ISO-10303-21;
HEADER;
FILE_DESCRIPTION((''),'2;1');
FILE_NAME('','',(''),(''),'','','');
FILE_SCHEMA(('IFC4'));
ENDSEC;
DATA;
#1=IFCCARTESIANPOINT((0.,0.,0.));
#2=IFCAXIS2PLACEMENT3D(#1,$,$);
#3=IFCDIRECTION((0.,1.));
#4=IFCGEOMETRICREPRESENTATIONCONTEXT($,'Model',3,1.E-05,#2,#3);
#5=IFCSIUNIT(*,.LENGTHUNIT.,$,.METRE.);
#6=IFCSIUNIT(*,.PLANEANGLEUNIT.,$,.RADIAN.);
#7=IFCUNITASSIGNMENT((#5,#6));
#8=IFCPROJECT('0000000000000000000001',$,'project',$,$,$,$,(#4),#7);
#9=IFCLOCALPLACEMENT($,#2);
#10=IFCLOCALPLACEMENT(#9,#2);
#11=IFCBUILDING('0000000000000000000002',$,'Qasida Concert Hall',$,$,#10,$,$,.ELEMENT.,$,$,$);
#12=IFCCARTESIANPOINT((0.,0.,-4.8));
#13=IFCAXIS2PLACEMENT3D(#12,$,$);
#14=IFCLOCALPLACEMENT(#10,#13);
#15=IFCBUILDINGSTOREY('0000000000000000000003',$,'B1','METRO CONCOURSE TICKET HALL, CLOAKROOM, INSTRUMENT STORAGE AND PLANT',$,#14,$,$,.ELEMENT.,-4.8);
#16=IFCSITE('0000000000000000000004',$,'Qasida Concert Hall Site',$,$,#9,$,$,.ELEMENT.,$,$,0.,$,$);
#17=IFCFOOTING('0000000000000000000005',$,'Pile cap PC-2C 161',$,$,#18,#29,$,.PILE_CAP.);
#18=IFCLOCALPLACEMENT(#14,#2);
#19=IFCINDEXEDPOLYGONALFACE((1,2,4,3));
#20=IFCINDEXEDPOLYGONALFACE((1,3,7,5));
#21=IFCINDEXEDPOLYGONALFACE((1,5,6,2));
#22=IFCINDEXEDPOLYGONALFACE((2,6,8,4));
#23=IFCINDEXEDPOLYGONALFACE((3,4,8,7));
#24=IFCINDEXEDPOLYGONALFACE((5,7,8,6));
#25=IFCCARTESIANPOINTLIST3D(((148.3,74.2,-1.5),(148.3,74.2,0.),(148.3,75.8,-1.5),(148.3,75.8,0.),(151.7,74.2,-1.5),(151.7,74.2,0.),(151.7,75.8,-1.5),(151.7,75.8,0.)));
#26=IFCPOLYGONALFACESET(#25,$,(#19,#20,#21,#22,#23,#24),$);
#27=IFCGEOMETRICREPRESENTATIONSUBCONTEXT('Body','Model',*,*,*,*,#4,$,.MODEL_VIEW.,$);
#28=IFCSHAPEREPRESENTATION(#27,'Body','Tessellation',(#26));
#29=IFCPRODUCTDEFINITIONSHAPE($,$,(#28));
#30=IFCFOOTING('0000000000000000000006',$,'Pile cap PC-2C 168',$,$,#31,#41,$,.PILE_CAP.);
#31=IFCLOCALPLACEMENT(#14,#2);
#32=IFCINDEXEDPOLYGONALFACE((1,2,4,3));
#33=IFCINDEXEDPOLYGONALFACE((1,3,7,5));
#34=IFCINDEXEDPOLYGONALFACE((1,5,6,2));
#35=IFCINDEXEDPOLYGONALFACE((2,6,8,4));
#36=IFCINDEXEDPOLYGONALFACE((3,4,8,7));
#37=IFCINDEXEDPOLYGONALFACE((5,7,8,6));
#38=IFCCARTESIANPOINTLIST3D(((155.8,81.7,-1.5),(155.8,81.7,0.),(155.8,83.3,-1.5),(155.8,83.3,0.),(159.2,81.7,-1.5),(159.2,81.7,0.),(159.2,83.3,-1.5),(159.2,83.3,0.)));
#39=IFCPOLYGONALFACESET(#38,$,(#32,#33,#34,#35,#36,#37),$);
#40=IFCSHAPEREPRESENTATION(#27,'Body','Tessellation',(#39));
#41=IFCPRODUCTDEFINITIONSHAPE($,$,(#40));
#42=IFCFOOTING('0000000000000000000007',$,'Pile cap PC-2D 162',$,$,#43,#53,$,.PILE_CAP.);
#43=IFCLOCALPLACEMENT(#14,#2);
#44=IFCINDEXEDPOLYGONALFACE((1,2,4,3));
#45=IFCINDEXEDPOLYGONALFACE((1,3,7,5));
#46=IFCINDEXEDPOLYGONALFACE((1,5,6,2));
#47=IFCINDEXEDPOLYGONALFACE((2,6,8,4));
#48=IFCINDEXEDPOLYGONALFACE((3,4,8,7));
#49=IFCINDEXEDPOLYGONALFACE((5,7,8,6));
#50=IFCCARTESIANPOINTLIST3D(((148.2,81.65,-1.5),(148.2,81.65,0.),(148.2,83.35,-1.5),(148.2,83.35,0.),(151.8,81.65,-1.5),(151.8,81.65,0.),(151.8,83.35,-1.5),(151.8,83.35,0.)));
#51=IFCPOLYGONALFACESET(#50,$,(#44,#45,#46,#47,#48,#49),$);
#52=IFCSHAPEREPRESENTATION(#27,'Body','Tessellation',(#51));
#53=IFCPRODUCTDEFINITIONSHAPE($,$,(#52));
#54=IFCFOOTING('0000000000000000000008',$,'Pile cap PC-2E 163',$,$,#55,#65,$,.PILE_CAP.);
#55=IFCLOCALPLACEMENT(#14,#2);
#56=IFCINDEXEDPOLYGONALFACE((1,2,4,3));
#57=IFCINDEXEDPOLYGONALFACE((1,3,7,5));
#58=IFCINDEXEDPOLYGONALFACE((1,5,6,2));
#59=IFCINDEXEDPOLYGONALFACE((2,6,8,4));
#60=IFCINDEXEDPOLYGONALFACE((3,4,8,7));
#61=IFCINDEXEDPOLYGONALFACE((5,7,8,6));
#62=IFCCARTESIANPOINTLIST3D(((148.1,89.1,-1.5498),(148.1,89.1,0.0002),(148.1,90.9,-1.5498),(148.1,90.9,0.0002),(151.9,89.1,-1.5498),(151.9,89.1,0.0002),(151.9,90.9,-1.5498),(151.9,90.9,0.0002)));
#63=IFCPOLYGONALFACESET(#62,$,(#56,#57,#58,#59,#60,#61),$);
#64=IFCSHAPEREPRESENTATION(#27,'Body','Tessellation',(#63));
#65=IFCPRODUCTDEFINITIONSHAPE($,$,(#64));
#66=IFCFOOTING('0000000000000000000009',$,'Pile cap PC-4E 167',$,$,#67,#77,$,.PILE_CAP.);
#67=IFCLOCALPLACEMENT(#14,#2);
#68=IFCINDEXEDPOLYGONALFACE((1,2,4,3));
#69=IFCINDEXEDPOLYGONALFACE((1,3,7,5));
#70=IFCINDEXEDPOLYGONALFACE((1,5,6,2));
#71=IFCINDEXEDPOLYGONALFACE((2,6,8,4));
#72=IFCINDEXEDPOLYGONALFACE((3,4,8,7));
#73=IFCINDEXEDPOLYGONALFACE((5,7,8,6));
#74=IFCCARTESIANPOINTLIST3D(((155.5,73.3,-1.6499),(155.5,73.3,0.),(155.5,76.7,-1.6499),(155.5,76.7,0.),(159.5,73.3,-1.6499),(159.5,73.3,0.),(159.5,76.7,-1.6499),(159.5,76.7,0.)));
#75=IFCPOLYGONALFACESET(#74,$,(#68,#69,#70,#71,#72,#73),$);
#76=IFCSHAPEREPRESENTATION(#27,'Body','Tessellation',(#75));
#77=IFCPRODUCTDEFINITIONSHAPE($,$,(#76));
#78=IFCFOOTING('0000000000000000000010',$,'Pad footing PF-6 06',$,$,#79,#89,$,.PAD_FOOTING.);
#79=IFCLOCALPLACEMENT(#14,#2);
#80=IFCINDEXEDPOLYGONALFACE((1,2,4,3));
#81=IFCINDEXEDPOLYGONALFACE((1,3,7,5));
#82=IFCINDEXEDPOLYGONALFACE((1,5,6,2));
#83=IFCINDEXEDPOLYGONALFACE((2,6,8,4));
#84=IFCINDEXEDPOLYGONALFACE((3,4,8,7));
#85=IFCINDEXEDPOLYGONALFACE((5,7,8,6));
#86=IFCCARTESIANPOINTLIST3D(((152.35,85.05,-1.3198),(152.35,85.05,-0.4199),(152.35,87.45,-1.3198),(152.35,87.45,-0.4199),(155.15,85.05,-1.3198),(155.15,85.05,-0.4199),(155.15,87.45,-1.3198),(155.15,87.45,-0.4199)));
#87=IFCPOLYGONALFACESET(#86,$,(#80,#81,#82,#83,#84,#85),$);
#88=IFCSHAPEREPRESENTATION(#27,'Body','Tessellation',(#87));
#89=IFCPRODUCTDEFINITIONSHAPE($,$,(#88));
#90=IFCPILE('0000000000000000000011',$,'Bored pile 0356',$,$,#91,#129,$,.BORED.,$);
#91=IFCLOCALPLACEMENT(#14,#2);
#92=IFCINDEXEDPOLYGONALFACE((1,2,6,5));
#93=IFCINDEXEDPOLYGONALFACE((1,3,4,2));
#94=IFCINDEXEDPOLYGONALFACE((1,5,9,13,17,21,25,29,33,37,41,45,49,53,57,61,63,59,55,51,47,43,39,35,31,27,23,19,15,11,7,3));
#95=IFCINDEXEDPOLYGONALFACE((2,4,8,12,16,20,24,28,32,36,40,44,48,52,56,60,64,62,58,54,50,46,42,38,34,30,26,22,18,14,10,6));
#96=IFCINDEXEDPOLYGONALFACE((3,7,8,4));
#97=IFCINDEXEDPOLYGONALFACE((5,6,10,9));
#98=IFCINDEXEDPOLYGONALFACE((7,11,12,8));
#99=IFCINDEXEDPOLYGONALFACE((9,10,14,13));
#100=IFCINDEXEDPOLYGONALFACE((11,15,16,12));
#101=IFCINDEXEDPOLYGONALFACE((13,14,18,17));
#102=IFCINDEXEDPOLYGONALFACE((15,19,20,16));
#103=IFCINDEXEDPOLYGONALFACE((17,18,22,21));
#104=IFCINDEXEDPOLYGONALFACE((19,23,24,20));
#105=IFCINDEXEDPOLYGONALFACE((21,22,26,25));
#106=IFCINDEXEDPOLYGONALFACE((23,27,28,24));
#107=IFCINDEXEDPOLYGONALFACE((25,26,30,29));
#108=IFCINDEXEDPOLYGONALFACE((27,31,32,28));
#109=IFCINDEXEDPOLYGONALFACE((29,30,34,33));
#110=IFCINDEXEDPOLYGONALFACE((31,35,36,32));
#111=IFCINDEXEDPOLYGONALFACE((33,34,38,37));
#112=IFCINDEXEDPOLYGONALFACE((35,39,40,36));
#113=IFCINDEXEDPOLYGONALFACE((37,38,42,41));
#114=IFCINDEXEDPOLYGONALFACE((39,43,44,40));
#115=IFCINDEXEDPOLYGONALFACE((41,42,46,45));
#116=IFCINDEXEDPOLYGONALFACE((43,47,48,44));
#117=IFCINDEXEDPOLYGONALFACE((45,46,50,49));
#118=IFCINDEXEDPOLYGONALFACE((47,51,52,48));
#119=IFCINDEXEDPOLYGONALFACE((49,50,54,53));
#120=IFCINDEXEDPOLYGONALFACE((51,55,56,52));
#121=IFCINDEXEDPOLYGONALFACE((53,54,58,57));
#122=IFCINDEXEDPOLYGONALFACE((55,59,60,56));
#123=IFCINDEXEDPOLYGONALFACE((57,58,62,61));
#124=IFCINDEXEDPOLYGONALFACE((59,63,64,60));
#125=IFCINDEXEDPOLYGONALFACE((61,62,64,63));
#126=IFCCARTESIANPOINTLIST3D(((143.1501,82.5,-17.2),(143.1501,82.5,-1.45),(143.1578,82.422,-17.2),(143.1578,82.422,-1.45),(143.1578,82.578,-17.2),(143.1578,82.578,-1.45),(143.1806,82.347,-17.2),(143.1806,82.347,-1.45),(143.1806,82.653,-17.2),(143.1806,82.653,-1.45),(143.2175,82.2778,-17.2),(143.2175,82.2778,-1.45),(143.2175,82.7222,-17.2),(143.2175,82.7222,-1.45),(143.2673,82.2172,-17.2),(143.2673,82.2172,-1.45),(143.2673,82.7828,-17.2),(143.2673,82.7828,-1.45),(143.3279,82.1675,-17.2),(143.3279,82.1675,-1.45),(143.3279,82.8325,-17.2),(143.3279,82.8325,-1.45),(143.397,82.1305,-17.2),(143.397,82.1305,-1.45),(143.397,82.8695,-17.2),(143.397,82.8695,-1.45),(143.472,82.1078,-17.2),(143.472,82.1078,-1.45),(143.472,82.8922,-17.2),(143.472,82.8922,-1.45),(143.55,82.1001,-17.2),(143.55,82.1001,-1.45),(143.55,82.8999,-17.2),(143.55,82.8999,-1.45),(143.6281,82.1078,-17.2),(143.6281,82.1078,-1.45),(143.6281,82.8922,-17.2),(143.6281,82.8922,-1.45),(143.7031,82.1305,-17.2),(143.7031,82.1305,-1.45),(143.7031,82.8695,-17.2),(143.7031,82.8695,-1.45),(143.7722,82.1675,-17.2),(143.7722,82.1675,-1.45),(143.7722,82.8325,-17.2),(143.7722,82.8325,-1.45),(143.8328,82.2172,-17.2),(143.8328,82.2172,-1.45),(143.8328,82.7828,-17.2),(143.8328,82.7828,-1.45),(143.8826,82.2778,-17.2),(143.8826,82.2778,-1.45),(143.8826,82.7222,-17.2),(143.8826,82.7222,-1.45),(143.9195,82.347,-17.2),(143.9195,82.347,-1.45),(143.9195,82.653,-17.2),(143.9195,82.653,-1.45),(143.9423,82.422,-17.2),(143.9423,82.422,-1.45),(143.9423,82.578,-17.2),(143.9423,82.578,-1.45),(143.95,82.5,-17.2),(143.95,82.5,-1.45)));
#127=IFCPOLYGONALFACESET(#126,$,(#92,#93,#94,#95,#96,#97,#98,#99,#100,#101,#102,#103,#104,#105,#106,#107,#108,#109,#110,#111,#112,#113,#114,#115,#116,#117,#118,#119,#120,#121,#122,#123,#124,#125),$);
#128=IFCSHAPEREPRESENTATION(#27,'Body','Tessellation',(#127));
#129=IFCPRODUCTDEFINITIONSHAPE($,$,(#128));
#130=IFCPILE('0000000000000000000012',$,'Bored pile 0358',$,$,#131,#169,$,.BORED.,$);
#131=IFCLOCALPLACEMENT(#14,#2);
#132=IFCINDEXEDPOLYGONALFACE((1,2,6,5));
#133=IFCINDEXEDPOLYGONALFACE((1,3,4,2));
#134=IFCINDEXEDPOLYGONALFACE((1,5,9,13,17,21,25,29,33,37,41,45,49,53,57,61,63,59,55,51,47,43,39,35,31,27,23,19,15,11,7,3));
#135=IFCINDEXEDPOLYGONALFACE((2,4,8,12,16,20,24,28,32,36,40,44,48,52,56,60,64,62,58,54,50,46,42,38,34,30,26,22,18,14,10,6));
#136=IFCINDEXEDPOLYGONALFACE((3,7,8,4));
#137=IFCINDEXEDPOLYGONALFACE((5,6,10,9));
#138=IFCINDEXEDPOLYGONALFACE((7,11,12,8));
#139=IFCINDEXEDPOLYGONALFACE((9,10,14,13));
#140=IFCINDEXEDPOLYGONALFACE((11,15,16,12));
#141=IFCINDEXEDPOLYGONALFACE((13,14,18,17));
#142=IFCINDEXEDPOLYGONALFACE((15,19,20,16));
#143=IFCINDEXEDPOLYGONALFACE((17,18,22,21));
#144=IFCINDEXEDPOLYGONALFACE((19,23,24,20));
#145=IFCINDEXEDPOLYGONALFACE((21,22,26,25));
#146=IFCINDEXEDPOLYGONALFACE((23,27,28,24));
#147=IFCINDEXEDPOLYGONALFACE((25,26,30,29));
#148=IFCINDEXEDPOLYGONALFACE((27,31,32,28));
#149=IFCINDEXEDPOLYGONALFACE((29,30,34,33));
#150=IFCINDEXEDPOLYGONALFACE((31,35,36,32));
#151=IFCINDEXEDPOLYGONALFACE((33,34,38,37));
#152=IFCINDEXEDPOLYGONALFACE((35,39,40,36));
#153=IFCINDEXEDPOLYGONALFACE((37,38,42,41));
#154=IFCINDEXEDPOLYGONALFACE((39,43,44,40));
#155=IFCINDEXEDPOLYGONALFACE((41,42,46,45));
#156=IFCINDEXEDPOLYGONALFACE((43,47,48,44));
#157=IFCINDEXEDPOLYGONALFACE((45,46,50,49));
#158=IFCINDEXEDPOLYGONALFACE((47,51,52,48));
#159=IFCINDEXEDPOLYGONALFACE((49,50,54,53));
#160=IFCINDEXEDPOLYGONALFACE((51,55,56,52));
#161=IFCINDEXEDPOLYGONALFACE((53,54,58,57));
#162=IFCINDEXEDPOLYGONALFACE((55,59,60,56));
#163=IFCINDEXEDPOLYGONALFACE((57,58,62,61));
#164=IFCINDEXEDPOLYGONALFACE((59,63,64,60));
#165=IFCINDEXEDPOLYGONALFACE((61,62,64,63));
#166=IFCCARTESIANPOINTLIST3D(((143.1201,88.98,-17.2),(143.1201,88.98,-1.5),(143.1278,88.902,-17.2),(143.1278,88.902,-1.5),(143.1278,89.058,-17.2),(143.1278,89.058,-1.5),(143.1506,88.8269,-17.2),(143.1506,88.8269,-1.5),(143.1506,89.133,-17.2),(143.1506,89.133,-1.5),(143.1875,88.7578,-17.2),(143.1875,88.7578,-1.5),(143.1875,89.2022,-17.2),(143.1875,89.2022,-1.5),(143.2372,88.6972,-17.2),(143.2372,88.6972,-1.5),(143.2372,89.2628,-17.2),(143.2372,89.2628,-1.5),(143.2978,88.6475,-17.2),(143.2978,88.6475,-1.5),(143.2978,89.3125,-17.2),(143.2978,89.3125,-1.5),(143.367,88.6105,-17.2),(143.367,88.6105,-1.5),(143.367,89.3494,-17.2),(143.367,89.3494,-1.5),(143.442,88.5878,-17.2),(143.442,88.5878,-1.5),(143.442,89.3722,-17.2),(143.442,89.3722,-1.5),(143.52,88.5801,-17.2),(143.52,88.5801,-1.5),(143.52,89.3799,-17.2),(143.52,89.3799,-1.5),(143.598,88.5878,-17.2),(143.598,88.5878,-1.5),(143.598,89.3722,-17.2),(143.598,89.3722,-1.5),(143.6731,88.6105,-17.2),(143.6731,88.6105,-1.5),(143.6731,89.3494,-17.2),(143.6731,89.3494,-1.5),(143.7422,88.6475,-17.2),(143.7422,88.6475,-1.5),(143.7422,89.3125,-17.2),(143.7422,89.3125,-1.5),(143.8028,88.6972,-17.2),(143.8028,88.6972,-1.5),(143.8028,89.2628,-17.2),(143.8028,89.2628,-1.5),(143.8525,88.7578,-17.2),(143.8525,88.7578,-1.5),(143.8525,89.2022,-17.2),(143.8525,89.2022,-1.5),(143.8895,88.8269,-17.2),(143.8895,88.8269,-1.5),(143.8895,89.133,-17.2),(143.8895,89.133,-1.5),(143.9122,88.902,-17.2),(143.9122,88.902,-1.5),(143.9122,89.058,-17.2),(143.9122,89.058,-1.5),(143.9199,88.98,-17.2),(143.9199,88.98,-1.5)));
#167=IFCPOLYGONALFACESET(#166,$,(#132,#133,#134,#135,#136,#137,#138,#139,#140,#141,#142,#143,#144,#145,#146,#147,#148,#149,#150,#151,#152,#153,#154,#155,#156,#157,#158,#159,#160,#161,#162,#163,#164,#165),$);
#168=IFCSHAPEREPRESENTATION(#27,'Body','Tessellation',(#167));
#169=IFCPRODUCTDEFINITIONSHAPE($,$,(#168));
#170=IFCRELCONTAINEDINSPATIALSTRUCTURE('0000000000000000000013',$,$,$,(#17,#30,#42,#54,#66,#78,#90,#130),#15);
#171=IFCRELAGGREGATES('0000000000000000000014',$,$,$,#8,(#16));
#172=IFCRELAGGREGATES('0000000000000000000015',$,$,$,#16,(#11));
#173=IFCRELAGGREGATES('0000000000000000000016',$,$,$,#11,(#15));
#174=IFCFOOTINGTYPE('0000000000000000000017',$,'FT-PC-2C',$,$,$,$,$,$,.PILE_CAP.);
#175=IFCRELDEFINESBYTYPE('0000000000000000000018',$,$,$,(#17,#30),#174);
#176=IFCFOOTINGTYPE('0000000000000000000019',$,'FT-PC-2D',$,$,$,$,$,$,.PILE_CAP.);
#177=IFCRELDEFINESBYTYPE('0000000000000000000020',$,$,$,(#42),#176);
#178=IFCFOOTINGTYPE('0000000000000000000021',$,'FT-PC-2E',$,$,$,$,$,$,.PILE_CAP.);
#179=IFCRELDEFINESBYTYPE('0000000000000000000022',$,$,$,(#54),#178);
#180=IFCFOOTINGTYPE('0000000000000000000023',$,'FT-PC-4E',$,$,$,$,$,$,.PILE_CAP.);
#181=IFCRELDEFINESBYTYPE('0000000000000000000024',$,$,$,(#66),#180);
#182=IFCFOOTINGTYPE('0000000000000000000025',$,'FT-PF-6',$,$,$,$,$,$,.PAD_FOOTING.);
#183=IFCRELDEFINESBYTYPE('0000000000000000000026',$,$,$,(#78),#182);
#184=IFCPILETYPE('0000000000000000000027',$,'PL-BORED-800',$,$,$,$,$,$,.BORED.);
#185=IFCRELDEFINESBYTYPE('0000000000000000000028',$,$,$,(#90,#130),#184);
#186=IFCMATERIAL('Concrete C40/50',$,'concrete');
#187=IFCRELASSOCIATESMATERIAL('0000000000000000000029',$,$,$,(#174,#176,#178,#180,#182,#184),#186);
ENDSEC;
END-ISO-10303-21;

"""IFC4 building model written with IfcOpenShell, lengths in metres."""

from ifc_helpers import new_model, si_unit, direction, frame, origin, origin_2d, place, context, subcontext, project, spatial, rectangle, circle, extrude, material, material_profile, profile_set, type_object, element, save


model = new_model("IFC4")

# Units and contexts
model_context = context("Model", 3, precision=1e-05, world=origin(), true_north=direction((0.0, 1.0)))
body_context = subcontext(model_context, "Body", "Model", "MODEL_VIEW")
ifc_project = project(units=[si_unit("LENGTHUNIT", "METRE"), si_unit("PLANEANGLEUNIT", "RADIAN")], contexts=[model_context])

# Site, building, storey
site_placement = place(None, origin())
site = spatial("IfcSite", under=ifc_project, at=site_placement, Name="Qasida Concert Hall Site", CompositionType="ELEMENT", RefElevation=0.0)
building_placement = place(site_placement, origin())
building = spatial("IfcBuilding", under=site, at=building_placement, Name="Qasida Concert Hall", CompositionType="ELEMENT")
storey_placement = place(building_placement, frame((0.0, 0.0, -4.8)))
storey = spatial("IfcBuildingStorey", under=building, at=storey_placement, Name="B1", Description="METRO CONCOURSE TICKET HALL, CLOAKROOM, INSTRUMENT STORAGE AND PLANT", CompositionType="ELEMENT", Elevation=-4.8)

# Footings
ifc_material_1 = material(Name="Concrete C40/50", Category="concrete")
footing_type_1 = type_object("IfcFootingType", Name="FT-PC-2C", PredefinedType="PILE_CAP", material=ifc_material_1)
for number, where, z_axis, x_axis, name in (
    (1, (150.0, 75.0, -1.5), (0.0, 0.0, 1.0), (1.0, 0.0, 0.0), "Pile cap PC-2C 161"),
    (2, (157.5, 82.5, -1.5), (0.0, 0.0, 1.0), (1.0, 0.0, 0.0), "Pile cap PC-2C 168"),
):
    element("IfcFooting", number, at=place(storey_placement, frame(where, z_axis=z_axis, x_axis=x_axis)), inside=storey, type_object=footing_type_1, Name=name, PredefinedType="PILE_CAP", context=body_context, shape_type="SweptSolid", body=[
        extrude(rectangle(XDim=3.3999, YDim=1.6001, at=origin_2d()), origin(), (0.0, 0.0, 1.0), 1.5),
    ])
footing_type_2 = type_object("IfcFootingType", Name="FT-PC-2D", PredefinedType="PILE_CAP", material=ifc_material_1)
footing_1_placement = place(storey_placement, frame((150.0, 82.5, -1.5), z_axis=(0.0, 0.0, 1.0), x_axis=(1.0, 0.0, 0.0)))
element("IfcFooting", 3, at=footing_1_placement, inside=storey, type_object=footing_type_2, Name="Pile cap PC-2D 162", PredefinedType="PILE_CAP", context=body_context, shape_type="SweptSolid", body=[
    extrude(rectangle(XDim=3.6001, YDim=1.7, at=origin_2d()), origin(), (0.0, 0.0, 1.0), 1.5),
])
footing_type_3 = type_object("IfcFootingType", Name="FT-PC-2E", PredefinedType="PILE_CAP", material=ifc_material_1)
footing_2_placement = place(storey_placement, frame((150.0, 90.0, -1.5498), z_axis=(0.0, 0.0, 1.0), x_axis=(1.0, 0.0, 0.0)))
element("IfcFooting", 4, at=footing_2_placement, inside=storey, type_object=footing_type_3, Name="Pile cap PC-2E 163", PredefinedType="PILE_CAP", context=body_context, shape_type="SweptSolid", body=[
    extrude(rectangle(XDim=3.8, YDim=1.8, at=origin_2d()), origin(), (0.0, 0.0, 1.0), 1.55),
])
footing_type_4 = type_object("IfcFootingType", Name="FT-PC-4E", PredefinedType="PILE_CAP", material=ifc_material_1)
footing_3_placement = place(storey_placement, frame((157.5, 75.0, -1.6499), z_axis=(0.0, 0.0, 1.0), x_axis=(1.0, 0.0, 0.0)))
element("IfcFooting", 5, at=footing_3_placement, inside=storey, type_object=footing_type_4, Name="Pile cap PC-4E 167", PredefinedType="PILE_CAP", context=body_context, shape_type="SweptSolid", body=[
    extrude(rectangle(XDim=4.0, YDim=3.3999, at=origin_2d()), origin(), (0.0, 0.0, 1.0), 1.6499),
])
footing_type_5 = type_object("IfcFootingType", Name="FT-PF-6", PredefinedType="PAD_FOOTING", material=ifc_material_1)
footing_4_placement = place(storey_placement, frame((153.75, 86.25, -1.3198), z_axis=(0.0, 0.0, 1.0), x_axis=(1.0, 0.0, 0.0)))
element("IfcFooting", 6, at=footing_4_placement, inside=storey, type_object=footing_type_5, Name="Pad footing PF-6 06", PredefinedType="PAD_FOOTING", context=body_context, shape_type="SweptSolid", body=[
    extrude(rectangle(XDim=2.8, YDim=2.3999, at=origin_2d()), origin(), (0.0, 0.0, 1.0), 0.8999),
])

# Piles
ifc_material_profile_1 = material_profile(ifc_material_1, circle(Radius=0.3999, at=origin_2d()), Name="BORED PILE D800")
ifc_profile_set_1 = profile_set([ifc_material_profile_1], Name="Concrete C40/50")
pile_type = type_object("IfcPileType", Name="PL-BORED-800", PredefinedType="BORED", material=ifc_profile_set_1)
pile_1_placement = place(storey_placement, frame((143.55, 82.5, -1.45), z_axis=(0.0, 0.0, -1.0), x_axis=(1.0, 0.0, 0.0)))
element("IfcPile", 7, at=pile_1_placement, inside=storey, type_object=pile_type, Name="Bored pile 0356", PredefinedType="BORED", context=body_context, shape_type="SweptSolid", body=[
    extrude(circle(Radius=0.3999, at=origin_2d()), origin(), (0.0, 0.0, 1.0), 15.75),
])
pile_2_placement = place(storey_placement, frame((143.52, 88.98, -1.5), z_axis=(0.0, 0.0, -1.0), x_axis=(1.0, 0.0, 0.0)))
element("IfcPile", 8, at=pile_2_placement, inside=storey, type_object=pile_type, Name="Bored pile 0358", PredefinedType="BORED", context=body_context, shape_type="SweptSolid", body=[
    extrude(circle(Radius=0.3999, at=origin_2d()), origin(), (0.0, 0.0, 1.0), 15.7),
])

save(model, "model.ifc")
